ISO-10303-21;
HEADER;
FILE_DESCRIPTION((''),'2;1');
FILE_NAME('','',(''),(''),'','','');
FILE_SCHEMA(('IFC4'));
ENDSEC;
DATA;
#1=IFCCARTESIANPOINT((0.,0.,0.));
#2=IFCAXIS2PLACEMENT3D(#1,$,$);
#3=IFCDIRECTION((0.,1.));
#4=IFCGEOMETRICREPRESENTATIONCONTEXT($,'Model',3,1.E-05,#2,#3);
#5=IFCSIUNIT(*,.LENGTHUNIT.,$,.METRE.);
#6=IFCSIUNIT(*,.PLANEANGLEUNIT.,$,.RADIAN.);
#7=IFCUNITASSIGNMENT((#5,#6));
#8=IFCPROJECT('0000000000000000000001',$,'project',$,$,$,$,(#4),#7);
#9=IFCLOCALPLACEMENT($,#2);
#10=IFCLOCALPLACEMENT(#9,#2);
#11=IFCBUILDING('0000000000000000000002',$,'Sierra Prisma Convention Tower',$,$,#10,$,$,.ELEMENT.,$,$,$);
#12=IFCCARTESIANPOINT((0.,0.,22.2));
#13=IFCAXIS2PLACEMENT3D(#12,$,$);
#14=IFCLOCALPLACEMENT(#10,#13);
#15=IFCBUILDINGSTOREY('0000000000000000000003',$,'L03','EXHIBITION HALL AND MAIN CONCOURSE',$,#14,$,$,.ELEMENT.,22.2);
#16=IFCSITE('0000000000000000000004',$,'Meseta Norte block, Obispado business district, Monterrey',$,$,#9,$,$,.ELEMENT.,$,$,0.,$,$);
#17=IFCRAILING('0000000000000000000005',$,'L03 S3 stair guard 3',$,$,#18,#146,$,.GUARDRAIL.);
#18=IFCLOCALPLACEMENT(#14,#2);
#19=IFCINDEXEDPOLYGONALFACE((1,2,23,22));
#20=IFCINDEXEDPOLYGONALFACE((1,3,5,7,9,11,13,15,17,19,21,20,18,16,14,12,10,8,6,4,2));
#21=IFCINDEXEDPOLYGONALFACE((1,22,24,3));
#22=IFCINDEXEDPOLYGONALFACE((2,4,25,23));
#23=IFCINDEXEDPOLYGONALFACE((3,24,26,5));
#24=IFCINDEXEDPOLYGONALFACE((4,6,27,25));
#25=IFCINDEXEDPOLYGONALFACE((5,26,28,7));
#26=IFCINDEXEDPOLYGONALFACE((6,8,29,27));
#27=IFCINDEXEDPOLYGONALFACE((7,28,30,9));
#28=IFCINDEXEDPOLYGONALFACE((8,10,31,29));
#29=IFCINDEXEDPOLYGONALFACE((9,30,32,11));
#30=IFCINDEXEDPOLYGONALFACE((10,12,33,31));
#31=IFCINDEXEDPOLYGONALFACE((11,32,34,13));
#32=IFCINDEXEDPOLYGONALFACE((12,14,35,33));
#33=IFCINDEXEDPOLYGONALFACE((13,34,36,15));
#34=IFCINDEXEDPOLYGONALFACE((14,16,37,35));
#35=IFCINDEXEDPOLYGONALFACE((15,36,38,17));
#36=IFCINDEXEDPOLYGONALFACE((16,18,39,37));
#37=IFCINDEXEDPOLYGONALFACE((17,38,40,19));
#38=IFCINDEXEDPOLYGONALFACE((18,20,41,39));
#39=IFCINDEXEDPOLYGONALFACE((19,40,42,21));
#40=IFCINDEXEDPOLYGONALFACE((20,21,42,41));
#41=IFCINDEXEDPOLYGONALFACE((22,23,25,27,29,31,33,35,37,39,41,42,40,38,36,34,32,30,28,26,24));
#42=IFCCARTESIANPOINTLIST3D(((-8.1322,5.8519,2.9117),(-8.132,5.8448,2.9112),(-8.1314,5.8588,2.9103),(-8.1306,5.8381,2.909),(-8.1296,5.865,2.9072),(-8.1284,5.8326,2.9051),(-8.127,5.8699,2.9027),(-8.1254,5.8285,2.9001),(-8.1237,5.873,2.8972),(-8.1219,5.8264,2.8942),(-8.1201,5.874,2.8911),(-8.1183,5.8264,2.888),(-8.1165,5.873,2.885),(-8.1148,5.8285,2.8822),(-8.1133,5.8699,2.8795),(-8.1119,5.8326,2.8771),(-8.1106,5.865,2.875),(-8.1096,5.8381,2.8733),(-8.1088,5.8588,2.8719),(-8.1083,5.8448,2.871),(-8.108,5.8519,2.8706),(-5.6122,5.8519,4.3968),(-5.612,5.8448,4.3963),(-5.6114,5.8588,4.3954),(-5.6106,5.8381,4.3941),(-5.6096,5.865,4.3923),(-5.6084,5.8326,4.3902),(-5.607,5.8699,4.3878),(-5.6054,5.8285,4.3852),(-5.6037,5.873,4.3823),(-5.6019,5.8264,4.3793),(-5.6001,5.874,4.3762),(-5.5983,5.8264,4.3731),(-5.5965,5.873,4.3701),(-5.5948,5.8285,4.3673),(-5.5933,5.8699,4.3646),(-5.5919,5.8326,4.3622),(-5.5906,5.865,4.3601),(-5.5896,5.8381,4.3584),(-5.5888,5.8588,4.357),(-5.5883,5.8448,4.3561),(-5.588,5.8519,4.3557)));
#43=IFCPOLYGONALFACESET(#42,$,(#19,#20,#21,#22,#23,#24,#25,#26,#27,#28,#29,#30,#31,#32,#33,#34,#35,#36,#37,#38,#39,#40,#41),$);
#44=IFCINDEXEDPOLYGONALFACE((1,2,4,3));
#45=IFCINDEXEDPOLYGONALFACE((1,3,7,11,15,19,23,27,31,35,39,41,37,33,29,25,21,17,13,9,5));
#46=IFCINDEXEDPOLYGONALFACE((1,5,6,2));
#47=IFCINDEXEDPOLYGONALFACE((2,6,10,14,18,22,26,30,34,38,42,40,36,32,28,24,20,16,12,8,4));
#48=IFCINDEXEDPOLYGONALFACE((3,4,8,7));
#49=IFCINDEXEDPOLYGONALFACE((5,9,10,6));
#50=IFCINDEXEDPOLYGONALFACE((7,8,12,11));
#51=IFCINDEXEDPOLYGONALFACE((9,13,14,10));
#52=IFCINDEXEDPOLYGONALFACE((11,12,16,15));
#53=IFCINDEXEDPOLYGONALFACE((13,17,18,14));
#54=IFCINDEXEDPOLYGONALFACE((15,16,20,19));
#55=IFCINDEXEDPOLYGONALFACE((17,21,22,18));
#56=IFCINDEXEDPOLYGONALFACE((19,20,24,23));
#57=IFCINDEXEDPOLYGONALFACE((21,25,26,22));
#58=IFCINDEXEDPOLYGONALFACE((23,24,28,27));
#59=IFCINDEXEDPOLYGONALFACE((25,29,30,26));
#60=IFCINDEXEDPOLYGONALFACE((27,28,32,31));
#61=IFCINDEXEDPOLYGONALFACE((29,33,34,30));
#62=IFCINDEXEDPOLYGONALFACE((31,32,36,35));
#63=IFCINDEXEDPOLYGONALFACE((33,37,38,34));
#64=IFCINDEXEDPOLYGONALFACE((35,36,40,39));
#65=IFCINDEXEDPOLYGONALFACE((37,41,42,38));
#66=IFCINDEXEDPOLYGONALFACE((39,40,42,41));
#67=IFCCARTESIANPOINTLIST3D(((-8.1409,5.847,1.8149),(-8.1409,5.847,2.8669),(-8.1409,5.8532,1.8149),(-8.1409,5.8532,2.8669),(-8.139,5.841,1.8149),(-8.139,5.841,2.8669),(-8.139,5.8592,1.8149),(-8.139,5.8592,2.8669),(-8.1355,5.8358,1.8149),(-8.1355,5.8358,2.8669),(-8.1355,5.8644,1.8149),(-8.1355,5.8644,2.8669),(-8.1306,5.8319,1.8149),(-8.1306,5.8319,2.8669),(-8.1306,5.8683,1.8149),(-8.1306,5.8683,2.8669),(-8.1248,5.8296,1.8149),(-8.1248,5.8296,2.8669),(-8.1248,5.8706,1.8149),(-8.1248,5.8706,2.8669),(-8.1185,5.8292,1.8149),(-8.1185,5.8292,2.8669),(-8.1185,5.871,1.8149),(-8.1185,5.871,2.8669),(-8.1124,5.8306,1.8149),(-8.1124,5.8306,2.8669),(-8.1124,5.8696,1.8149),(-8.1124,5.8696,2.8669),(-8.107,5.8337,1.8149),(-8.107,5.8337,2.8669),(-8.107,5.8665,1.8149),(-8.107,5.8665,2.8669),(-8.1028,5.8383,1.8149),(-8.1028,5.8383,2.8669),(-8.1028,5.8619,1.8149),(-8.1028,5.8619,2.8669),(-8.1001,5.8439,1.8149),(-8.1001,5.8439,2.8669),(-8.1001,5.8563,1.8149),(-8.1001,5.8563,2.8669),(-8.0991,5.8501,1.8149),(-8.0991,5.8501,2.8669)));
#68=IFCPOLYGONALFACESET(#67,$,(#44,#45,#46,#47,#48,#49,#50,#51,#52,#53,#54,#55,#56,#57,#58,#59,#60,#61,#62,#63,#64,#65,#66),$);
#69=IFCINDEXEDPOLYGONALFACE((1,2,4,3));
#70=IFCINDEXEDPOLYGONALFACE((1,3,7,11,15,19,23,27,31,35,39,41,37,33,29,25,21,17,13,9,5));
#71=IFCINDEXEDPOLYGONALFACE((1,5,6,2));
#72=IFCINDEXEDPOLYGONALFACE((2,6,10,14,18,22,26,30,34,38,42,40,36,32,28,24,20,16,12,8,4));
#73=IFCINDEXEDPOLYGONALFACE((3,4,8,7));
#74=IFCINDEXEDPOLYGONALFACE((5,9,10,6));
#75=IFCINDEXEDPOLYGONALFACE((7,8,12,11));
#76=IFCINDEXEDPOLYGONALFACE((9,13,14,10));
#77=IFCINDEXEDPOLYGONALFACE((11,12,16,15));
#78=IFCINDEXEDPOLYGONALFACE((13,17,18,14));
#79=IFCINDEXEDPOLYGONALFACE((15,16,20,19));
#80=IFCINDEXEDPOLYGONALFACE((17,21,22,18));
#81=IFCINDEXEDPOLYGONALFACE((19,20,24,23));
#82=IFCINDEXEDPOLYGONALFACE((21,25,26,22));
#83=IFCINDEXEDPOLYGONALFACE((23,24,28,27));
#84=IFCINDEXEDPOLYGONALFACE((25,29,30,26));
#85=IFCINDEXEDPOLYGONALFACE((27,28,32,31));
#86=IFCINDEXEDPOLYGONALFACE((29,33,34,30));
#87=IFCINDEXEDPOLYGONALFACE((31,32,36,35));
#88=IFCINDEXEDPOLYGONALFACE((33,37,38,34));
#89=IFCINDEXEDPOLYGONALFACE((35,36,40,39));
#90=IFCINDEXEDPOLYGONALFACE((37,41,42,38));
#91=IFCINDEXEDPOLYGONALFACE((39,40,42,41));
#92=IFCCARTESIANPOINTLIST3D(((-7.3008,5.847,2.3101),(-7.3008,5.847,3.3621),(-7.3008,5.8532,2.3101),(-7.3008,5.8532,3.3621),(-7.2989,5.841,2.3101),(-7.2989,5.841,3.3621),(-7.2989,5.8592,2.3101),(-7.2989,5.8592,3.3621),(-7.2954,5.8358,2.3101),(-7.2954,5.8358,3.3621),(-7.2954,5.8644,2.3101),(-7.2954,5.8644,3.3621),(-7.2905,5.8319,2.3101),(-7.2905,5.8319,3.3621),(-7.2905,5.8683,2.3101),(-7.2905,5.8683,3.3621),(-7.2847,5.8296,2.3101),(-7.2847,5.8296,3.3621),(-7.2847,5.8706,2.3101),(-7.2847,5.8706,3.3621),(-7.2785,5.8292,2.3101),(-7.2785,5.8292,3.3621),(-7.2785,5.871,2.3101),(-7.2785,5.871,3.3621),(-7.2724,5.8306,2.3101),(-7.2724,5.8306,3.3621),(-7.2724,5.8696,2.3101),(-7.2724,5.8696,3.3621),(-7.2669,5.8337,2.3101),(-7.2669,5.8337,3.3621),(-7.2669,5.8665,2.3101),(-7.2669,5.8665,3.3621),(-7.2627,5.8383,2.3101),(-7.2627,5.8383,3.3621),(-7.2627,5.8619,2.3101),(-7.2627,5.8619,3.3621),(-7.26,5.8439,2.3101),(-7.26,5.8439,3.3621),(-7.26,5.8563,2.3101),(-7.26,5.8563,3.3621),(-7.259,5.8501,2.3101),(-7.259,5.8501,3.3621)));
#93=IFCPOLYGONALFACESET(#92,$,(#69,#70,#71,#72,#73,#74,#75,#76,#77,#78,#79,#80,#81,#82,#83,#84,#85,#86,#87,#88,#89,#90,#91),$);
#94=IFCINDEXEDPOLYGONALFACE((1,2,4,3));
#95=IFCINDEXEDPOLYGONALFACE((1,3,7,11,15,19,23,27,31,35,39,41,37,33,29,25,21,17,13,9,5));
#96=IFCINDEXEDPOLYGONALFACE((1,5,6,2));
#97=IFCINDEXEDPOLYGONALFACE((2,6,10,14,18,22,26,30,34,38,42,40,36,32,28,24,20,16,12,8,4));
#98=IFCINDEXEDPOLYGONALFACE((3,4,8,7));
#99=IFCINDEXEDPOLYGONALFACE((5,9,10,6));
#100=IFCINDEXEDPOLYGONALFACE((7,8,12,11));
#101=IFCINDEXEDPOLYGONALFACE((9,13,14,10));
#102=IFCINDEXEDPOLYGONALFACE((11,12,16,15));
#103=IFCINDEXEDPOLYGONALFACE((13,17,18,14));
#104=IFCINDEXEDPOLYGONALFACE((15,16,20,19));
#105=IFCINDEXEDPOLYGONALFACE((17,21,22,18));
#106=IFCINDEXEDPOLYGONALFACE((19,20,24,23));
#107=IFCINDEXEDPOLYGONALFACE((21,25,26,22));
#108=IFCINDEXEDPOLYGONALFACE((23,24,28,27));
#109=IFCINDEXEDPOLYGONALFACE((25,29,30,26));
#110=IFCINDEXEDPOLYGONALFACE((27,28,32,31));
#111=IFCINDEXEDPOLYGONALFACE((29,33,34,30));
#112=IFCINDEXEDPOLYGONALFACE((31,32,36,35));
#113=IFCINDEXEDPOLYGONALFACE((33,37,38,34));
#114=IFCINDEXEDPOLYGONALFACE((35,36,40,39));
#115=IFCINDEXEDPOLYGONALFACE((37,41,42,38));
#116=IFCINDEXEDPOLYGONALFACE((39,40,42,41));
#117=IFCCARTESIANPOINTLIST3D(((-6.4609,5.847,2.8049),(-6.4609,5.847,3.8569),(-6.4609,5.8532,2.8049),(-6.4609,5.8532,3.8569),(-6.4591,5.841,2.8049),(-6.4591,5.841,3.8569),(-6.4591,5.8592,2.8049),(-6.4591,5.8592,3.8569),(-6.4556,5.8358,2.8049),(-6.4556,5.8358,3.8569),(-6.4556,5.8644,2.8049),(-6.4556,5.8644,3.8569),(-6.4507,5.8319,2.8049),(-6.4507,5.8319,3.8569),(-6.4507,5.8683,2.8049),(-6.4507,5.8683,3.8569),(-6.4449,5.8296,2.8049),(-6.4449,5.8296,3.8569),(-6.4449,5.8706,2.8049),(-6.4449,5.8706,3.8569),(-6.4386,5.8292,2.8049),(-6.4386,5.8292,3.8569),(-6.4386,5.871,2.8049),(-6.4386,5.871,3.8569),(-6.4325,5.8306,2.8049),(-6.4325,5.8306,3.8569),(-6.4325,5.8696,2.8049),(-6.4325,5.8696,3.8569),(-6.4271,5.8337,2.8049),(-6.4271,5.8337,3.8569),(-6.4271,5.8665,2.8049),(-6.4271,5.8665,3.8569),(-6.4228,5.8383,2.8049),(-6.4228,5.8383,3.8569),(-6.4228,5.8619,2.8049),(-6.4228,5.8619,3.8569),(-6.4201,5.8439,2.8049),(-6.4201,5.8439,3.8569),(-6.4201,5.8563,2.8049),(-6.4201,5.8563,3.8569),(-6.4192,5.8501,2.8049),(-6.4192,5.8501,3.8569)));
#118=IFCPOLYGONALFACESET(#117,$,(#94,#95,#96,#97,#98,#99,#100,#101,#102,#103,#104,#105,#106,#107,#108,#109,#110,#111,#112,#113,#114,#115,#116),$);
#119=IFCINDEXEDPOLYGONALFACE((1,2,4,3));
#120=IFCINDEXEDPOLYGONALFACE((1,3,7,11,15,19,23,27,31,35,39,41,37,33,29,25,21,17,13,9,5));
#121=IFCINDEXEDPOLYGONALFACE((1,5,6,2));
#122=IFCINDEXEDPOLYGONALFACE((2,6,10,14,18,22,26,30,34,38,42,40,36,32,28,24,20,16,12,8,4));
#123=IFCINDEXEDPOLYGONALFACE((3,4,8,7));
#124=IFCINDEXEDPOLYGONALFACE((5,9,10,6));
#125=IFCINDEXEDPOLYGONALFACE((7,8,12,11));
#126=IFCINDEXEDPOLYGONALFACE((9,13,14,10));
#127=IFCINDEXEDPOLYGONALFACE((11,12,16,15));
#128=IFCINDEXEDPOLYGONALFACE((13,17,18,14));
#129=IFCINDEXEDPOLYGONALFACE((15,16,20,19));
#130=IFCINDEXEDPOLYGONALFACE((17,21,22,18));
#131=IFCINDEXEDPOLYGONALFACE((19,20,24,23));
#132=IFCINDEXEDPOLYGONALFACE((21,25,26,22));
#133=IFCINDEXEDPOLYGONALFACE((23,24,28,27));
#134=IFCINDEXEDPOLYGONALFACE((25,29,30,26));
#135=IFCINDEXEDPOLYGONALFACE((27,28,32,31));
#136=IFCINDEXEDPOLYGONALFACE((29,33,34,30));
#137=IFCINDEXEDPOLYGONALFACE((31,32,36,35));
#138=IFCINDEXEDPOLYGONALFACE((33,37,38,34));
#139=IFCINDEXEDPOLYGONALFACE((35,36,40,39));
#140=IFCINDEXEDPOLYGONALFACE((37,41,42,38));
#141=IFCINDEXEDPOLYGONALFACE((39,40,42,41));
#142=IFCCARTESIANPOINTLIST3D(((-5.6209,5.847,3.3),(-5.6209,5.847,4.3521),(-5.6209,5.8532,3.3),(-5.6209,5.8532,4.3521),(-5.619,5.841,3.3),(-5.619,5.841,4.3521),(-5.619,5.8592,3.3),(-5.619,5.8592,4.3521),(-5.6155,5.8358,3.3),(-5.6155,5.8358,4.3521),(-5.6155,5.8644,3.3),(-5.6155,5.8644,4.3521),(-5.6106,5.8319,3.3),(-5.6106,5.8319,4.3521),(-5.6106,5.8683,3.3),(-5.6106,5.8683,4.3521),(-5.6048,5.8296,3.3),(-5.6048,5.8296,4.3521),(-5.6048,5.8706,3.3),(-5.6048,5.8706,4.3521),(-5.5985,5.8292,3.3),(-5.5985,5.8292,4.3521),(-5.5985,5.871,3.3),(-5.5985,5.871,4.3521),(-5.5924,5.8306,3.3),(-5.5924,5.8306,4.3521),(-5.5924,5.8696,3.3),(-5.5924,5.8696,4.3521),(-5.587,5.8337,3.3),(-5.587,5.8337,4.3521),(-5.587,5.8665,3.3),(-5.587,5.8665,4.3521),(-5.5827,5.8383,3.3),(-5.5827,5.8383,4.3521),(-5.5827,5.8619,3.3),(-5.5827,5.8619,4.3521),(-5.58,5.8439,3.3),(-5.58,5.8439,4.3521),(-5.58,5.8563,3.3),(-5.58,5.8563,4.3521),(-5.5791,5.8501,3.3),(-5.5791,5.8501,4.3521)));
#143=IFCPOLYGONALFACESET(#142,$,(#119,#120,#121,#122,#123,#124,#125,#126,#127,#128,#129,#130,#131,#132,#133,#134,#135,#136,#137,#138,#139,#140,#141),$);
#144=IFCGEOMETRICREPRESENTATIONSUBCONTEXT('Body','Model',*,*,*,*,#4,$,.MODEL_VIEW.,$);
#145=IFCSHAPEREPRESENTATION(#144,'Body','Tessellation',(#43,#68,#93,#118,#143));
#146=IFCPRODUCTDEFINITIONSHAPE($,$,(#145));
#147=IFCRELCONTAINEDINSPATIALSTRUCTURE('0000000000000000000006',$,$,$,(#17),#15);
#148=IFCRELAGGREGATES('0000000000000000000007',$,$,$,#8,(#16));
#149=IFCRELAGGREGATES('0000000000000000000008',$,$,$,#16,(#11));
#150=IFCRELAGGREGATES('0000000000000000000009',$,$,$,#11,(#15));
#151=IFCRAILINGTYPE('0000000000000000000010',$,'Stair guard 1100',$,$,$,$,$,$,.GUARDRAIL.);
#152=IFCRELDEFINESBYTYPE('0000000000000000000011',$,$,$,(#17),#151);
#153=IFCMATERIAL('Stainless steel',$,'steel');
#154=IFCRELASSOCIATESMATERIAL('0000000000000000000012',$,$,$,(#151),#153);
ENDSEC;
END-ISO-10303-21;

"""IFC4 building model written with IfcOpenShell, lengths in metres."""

from ifc_helpers import new_model, si_unit, direction, frame, origin, origin_2d, place, context, subcontext, project, spatial, circle, extrude, material, type_object, element, save


model = new_model("IFC4")

# Units and contexts
model_context = context("Model", 3, precision=1e-05, world=origin(), true_north=direction((0.0, 1.0)))
body_context = subcontext(model_context, "Body", "Model", "MODEL_VIEW")
ifc_project = project(units=[si_unit("LENGTHUNIT", "METRE"), si_unit("PLANEANGLEUNIT", "RADIAN")], contexts=[model_context])

# Site, building, storey
site_placement = place(None, origin())
site = spatial("IfcSite", under=ifc_project, at=site_placement, Name="Meseta Norte block, Obispado business district, Monterrey", CompositionType="ELEMENT", RefElevation=0.0)
building_placement = place(site_placement, origin())
building = spatial("IfcBuilding", under=site, at=building_placement, Name="Sierra Prisma Convention Tower", CompositionType="ELEMENT")
storey_placement = place(building_placement, frame((0.0, 0.0, 22.2)))
storey = spatial("IfcBuildingStorey", under=building, at=storey_placement, Name="L03", Description="EXHIBITION HALL AND MAIN CONCOURSE", CompositionType="ELEMENT", Elevation=22.2)

# Railing
ifc_material_1 = material(Name="Stainless steel", Category="steel")
railing_type_1 = type_object("IfcRailingType", Name="Stair guard 1100", PredefinedType="GUARDRAIL", material=ifc_material_1)
railing_1_placement = place(storey_placement, frame((-8.1201, 5.8501, 1.8149)))
element("IfcRailing", 1, at=railing_1_placement, inside=storey, type_object=railing_type_1, Name="L03 S3 stair guard 3", PredefinedType="GUARDRAIL", context=body_context, shape_type="SweptSolid", body=[
    extrude(circle(Radius=0.0239, at=origin_2d()), frame((0.0, 0.0, 1.0762), z_axis=(0.861524, 0.0, 0.507717), x_axis=(0.0, 1.0, 0.0)), (0.0, 0.0, 1.0), 2.925),
    extrude(circle(Radius=0.021, at=origin_2d()), origin(), (0.0, 0.0, 1.0), 1.052),
    extrude(circle(Radius=0.021, at=origin_2d()), frame((0.8401, 0.0, 0.4951)), (0.0, 0.0, 1.0), 1.052),
    extrude(circle(Radius=0.021, at=origin_2d()), frame((1.6799, 0.0, 0.99)), (0.0, 0.0, 1.0), 1.052),
    extrude(circle(Radius=0.021, at=origin_2d()), frame((2.52, 0.0, 1.4851)), (0.0, 0.0, 1.0), 1.052),
])

save(model, "model.ifc")
